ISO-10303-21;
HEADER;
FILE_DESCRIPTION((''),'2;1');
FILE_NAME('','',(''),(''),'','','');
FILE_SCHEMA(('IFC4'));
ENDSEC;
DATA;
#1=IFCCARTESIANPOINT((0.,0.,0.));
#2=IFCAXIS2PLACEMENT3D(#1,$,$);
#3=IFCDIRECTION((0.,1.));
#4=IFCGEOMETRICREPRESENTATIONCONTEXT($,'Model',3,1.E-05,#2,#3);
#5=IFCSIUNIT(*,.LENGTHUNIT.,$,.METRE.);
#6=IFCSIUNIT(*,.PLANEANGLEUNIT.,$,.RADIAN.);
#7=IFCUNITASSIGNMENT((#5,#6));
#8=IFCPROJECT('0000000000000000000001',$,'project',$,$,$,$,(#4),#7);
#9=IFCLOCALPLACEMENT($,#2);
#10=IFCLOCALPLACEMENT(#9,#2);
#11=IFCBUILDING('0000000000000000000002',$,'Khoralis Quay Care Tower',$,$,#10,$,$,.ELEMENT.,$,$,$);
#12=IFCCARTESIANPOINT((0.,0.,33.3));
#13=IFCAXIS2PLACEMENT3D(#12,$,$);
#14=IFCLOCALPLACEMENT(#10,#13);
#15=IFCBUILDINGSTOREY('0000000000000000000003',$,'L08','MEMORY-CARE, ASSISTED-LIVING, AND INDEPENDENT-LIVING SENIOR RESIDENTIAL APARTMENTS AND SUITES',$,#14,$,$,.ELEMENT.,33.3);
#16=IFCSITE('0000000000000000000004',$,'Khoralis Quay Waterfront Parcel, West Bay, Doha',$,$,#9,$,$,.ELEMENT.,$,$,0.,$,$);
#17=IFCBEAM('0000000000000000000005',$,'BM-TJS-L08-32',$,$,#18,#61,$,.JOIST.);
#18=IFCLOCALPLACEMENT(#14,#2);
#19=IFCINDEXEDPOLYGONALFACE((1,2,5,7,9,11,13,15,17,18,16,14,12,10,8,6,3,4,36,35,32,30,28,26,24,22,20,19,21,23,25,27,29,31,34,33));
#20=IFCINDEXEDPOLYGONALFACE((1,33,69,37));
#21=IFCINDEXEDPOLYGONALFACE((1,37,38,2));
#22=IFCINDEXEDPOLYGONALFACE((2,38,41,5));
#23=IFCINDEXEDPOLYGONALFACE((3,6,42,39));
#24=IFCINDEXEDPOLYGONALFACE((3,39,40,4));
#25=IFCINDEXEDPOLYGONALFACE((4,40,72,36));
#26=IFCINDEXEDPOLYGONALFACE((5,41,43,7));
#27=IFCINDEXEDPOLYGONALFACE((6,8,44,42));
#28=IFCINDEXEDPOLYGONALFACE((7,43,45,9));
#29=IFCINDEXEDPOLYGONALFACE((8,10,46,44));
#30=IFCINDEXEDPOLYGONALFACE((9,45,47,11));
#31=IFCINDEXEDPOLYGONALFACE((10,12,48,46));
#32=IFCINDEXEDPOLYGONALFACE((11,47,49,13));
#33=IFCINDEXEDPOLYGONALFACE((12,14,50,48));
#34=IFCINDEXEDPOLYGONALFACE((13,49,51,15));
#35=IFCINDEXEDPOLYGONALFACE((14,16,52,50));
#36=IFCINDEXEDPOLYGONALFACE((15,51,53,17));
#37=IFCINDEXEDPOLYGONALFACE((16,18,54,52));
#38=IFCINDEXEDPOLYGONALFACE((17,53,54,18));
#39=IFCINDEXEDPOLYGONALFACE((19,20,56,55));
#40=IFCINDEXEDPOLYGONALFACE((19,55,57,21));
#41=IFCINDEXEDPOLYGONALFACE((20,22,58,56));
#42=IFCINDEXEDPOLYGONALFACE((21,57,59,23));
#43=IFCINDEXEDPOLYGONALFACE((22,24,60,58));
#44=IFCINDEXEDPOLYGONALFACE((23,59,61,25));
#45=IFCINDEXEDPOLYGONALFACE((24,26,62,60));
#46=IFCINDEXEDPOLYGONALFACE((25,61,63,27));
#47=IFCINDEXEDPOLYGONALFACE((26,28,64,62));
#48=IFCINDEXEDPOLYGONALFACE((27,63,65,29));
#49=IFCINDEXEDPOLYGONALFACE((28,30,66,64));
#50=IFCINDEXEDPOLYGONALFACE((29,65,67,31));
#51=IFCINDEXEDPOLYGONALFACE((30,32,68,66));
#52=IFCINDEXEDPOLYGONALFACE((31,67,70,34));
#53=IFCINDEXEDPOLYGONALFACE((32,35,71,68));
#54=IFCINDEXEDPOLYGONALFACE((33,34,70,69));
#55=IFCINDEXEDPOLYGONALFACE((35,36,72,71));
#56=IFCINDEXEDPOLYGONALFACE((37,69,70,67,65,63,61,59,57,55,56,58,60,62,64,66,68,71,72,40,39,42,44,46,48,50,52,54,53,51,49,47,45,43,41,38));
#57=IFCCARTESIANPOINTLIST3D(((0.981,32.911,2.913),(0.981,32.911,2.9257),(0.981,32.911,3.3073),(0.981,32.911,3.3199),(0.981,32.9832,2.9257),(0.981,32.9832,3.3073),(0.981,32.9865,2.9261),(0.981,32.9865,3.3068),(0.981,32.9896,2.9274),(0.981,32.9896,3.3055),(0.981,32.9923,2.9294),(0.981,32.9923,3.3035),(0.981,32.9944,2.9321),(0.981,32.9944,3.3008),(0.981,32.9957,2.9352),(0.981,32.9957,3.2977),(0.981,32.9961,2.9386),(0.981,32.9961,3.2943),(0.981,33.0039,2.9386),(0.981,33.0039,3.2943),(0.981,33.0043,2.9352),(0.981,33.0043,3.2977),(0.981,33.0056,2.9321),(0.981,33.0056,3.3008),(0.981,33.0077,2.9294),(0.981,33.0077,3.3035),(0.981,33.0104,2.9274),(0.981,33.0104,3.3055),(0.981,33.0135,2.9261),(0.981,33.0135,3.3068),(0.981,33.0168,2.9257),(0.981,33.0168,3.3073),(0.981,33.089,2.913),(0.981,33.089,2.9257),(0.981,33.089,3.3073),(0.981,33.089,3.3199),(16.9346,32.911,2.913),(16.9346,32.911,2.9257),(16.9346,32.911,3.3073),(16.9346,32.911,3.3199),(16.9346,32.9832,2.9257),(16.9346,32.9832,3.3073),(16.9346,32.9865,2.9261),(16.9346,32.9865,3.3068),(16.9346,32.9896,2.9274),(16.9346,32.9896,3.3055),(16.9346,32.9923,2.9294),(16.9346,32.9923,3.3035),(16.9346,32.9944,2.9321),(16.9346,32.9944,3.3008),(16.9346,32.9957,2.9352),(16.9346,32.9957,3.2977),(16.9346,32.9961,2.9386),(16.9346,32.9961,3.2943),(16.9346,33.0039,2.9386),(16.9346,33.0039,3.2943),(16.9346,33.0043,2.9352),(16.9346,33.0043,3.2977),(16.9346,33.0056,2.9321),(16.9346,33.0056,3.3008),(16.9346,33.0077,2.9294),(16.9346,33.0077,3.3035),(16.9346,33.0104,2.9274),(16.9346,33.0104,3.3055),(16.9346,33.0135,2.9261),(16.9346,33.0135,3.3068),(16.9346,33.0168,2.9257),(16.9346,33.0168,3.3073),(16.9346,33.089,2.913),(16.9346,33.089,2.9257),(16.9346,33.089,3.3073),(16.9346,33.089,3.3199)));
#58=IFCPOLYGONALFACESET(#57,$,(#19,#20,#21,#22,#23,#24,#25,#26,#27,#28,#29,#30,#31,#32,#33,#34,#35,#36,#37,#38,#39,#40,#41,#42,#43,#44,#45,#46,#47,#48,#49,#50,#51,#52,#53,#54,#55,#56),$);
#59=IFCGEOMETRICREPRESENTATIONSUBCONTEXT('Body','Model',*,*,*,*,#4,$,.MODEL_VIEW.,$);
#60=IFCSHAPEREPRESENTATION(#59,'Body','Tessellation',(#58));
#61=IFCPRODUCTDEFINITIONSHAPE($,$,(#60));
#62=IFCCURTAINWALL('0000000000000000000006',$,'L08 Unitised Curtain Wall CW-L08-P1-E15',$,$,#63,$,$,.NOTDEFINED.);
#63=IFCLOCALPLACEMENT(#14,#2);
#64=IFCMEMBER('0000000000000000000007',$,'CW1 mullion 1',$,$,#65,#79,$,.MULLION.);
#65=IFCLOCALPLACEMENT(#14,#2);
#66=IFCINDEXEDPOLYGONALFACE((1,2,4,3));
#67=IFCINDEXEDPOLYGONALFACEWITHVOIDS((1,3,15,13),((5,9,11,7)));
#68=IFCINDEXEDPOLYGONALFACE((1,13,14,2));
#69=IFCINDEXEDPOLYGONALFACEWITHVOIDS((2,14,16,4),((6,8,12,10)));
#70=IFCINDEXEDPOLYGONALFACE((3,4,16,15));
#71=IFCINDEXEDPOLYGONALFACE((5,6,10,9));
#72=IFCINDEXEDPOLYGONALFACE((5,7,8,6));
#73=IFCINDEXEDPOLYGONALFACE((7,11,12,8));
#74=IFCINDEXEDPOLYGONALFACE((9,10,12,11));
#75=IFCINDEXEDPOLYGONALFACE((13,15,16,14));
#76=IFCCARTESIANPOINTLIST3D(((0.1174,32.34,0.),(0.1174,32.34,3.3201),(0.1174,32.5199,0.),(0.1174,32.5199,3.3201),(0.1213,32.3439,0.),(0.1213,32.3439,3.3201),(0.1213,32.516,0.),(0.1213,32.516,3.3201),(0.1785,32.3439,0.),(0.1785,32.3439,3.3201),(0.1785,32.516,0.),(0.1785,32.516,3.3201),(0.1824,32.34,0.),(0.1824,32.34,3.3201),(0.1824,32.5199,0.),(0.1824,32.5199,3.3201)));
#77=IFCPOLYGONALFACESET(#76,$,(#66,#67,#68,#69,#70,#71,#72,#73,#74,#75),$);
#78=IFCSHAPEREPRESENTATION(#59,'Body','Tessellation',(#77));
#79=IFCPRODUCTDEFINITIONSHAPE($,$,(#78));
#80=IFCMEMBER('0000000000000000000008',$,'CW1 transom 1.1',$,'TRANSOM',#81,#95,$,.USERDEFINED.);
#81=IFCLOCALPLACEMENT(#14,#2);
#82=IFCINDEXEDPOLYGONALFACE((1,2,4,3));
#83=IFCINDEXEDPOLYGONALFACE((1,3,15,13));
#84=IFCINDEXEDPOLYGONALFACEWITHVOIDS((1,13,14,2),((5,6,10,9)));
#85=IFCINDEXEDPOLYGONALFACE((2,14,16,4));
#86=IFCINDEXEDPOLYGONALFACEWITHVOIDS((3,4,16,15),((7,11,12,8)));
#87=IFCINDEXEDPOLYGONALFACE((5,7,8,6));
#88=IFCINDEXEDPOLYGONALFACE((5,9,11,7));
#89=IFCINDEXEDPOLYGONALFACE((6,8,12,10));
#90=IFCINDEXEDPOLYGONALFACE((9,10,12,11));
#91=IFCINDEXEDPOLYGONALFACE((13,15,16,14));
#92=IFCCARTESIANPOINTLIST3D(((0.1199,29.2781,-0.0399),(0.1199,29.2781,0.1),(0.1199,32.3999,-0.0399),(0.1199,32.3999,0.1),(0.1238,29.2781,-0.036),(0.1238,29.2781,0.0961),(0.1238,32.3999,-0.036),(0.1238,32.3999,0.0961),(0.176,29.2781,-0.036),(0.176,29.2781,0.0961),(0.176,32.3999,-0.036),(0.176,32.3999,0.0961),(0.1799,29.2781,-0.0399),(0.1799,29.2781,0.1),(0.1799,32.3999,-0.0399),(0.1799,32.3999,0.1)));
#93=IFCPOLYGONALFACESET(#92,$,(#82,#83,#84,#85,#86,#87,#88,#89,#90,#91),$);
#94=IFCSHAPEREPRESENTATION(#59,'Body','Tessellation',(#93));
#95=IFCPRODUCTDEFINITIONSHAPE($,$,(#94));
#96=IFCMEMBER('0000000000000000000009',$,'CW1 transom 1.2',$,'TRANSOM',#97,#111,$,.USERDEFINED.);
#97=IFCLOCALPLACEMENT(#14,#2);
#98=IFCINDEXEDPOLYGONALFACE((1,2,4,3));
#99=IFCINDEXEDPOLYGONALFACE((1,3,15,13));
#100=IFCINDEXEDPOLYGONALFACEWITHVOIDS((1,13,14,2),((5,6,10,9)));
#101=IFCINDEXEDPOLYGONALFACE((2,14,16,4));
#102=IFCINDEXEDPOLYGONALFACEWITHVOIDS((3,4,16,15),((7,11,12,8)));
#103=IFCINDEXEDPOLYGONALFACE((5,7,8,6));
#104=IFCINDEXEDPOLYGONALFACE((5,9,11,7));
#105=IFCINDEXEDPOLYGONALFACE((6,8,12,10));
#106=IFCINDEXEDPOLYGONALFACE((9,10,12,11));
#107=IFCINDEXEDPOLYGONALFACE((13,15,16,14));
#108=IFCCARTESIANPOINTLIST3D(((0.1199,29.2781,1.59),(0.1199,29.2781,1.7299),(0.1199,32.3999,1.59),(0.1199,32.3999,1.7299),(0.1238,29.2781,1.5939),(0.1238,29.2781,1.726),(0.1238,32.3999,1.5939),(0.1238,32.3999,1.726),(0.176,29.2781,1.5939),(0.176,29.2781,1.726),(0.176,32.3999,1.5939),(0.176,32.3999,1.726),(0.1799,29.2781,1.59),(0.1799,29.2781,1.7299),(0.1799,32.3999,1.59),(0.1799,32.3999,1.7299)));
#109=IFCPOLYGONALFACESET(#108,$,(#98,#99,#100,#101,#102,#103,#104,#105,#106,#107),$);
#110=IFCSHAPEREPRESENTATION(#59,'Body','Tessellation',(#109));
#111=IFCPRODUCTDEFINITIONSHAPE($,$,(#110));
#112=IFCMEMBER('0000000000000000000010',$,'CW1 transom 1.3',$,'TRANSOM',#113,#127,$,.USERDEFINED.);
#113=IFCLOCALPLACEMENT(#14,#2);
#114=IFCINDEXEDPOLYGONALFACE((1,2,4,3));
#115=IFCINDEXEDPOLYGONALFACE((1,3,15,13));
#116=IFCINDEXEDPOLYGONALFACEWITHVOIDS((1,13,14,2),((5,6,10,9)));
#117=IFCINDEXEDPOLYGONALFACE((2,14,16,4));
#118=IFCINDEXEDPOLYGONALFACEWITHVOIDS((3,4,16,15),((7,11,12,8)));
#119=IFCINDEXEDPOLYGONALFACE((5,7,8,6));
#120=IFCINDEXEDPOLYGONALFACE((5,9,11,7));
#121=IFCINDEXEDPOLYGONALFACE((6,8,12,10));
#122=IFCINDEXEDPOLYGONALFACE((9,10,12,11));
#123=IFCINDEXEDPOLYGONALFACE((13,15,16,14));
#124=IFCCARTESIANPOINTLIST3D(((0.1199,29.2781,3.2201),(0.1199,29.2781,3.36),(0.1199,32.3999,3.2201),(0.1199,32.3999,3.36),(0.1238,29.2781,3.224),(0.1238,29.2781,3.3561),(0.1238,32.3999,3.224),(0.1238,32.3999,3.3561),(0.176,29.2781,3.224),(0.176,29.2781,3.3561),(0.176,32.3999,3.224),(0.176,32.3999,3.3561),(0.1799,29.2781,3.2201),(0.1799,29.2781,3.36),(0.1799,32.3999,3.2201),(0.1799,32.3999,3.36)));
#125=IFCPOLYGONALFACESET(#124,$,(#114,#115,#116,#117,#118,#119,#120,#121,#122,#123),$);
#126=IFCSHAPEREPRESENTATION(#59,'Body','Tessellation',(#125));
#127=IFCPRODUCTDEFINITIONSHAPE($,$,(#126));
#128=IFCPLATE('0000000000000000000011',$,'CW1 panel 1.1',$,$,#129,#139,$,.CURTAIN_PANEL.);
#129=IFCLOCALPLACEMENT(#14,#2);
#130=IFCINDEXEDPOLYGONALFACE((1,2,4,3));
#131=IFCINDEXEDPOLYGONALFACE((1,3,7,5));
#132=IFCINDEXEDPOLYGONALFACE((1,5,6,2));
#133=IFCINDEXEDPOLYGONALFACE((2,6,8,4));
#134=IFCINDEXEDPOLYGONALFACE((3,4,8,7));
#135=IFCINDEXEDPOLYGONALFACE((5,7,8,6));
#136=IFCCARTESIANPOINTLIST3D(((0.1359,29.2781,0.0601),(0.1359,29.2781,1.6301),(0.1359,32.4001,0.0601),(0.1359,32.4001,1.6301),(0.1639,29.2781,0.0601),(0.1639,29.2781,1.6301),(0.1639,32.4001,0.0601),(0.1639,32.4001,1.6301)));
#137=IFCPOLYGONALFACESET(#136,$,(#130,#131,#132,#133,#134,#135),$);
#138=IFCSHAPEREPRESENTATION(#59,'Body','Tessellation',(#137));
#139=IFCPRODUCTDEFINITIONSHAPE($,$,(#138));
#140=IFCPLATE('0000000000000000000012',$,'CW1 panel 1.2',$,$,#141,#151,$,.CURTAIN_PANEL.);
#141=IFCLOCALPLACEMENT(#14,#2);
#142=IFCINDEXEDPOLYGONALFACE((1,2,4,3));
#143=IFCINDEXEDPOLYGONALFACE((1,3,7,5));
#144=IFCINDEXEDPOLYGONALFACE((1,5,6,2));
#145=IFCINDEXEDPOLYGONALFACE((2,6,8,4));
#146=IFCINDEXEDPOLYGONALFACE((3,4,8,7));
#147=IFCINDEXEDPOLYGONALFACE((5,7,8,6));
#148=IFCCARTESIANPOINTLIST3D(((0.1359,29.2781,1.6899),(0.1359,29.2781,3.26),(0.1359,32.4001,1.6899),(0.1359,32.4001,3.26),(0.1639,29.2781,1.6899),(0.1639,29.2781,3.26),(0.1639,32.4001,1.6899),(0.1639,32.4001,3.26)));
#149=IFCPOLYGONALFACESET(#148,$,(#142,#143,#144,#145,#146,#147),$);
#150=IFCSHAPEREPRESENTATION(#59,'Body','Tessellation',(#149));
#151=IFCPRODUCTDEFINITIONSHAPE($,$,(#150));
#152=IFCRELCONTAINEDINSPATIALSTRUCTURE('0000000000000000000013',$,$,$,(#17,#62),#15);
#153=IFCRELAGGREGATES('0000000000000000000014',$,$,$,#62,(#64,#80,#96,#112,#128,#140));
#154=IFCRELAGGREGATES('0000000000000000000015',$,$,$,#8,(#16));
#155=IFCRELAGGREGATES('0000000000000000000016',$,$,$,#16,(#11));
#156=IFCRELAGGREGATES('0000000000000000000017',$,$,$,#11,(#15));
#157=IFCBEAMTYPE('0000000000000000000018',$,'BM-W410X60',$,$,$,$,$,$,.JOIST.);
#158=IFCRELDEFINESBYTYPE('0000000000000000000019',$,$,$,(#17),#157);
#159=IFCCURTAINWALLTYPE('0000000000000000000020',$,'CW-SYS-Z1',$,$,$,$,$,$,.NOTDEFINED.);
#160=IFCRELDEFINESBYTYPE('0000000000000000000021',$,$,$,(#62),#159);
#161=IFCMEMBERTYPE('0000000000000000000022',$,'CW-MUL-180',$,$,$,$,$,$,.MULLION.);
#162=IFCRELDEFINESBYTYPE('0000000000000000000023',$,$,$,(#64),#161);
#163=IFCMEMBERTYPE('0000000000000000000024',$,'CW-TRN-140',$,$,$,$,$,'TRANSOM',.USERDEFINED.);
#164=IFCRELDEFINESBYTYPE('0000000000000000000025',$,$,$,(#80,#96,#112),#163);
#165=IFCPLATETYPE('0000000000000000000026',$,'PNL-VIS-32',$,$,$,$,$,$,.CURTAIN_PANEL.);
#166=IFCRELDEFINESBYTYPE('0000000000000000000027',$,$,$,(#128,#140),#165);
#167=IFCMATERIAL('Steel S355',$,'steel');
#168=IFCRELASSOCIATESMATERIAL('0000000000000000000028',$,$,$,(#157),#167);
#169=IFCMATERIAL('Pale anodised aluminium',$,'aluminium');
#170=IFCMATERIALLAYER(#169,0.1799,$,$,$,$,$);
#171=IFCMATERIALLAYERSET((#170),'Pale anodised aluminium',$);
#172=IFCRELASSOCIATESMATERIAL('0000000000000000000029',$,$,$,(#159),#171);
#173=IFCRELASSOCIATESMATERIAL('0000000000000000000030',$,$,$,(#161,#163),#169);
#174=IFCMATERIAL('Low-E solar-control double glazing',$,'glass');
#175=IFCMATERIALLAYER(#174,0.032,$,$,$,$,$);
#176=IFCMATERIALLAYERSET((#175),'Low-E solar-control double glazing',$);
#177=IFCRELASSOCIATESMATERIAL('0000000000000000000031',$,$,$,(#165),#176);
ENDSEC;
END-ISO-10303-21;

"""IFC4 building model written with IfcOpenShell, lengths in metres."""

from ifc_helpers import new_model, si_unit, direction, frame, origin, origin_2d, place, context, subcontext, project, spatial, rectangle, hollow_rectangle, i_section, extrude, source, transform, mapped, material, layer, layer_set, material_profile, profile_set, type_object, element, aggregate, save


model = new_model("IFC4")

# Units and contexts
model_context = context("Model", 3, precision=1e-05, world=origin(), true_north=direction((0.0, 1.0)))
body_context = subcontext(model_context, "Body", "Model", "MODEL_VIEW")
ifc_project = project(units=[si_unit("LENGTHUNIT", "METRE"), si_unit("PLANEANGLEUNIT", "RADIAN")], contexts=[model_context])

# Site, building, storey
site_placement = place(None, origin())
site = spatial("IfcSite", under=ifc_project, at=site_placement, Name="Khoralis Quay Waterfront Parcel, West Bay, Doha", CompositionType="ELEMENT", RefElevation=0.0)
building_placement = place(site_placement, origin())
building = spatial("IfcBuilding", under=site, at=building_placement, Name="Khoralis Quay Care Tower", CompositionType="ELEMENT")
storey_placement = place(building_placement, frame((0.0, 0.0, 33.3)))
storey = spatial("IfcBuildingStorey", under=building, at=storey_placement, Name="L08", Description="MEMORY-CARE, ASSISTED-LIVING, AND INDEPENDENT-LIVING SENIOR RESIDENTIAL APARTMENTS AND SUITES", CompositionType="ELEMENT", Elevation=33.3)

# Beam
ifc_material_1 = material(Name="Steel S355", Category="steel")
ifc_material_profile_1 = material_profile(ifc_material_1, i_section(OverallWidth=0.178, OverallDepth=0.407, WebThickness=0.0078, FlangeThickness=0.0127, FilletRadius=0.0129, at=origin_2d()), Name="Steel S355")
ifc_profile_set_1 = profile_set([ifc_material_profile_1], Name="Steel S355")
beam_type_1 = type_object("IfcBeamType", Name="BM-W410X60", PredefinedType="JOIST", material=ifc_profile_set_1)
shared_shape_1 = source(origin(), body_context, "Body", "SweptSolid", [
    extrude(i_section(OverallWidth=0.178, OverallDepth=0.407, WebThickness=0.0078, FlangeThickness=0.0127, FilletRadius=0.0129, at=origin_2d()), origin(), (0.0, 0.0, 1.0), 15.9536),
])
beam_1_placement = place(storey_placement, frame((0.981, 33.0, 3.1165), z_axis=(1.0, 0.0, 0.0), x_axis=(0.0, 1.0, 0.0)))
element("IfcBeam", 1, at=beam_1_placement, inside=storey, type_object=beam_type_1, Name="BM-TJS-L08-32", PredefinedType="JOIST", context=body_context, shape_type="MappedRepresentation", body=[
    mapped(shared_shape_1, transform((0.0, 0.0, 0.0), scale=1.0)),
])

# Curtain wall, members, plates
ifc_material_2 = material(Name="Pale anodised aluminium", Category="aluminium")
ifc_layer_1 = layer(ifc_material_2, 0.1799)
ifc_layer_set_1 = layer_set([ifc_layer_1], Name="Pale anodised aluminium")
curtain_wall_type = type_object("IfcCurtainWallType", Name="CW-SYS-Z1", PredefinedType="NOTDEFINED", material=ifc_layer_set_1)
curtain_wall_placement = place(storey_placement, origin())
curtain_wall = element("IfcCurtainWall", 2, at=curtain_wall_placement, inside=storey, type_object=curtain_wall_type, Name="L08 Unitised Curtain Wall CW-L08-P1-E15", PredefinedType="NOTDEFINED")
ifc_material_profile_2 = material_profile(ifc_material_2, hollow_rectangle(XDim=0.0649, YDim=0.1799, WallThickness=0.0039, at=origin_2d()), Name="Pale anodised aluminium")
ifc_profile_set_2 = profile_set([ifc_material_profile_2], Name="Pale anodised aluminium")
member_type_1 = type_object("IfcMemberType", Name="CW-MUL-180", PredefinedType="MULLION", material=ifc_profile_set_2)
shared_shape_2 = source(origin(), body_context, "Body", "SweptSolid", [
    extrude(hollow_rectangle(XDim=0.0649, YDim=0.1799, WallThickness=0.0039, at=origin_2d()), origin(), (0.0, 0.0, 1.0), 3.3201),
])
member_1_placement = place(storey_placement, frame((0.1499, 32.4299, 0.0), z_axis=(0.0, 0.0, 1.0), x_axis=(1.0, 0.0, 0.0)))
member_1 = element("IfcMember", 3, at=member_1_placement, type_object=member_type_1, Name="CW1 mullion 1", PredefinedType="MULLION", context=body_context, shape_type="MappedRepresentation", body=[
    mapped(shared_shape_2, transform((0.0, 0.0, 0.0), scale=1.0)),
])
ifc_material_profile_3 = material_profile(ifc_material_2, hollow_rectangle(XDim=0.0601, YDim=0.1399, WallThickness=0.0039, at=origin_2d()), Name="Pale anodised aluminium")
ifc_profile_set_3 = profile_set([ifc_material_profile_3], Name="Pale anodised aluminium")
member_type_2 = type_object("IfcMemberType", Name="CW-TRN-140", ElementType="TRANSOM", PredefinedType="USERDEFINED", material=ifc_profile_set_3)
shared_shape_3 = source(origin(), body_context, "Body", "SweptSolid", [
    extrude(hollow_rectangle(XDim=0.0601, YDim=0.1399, WallThickness=0.0039, at=origin_2d()), origin(), (0.0, 0.0, 1.0), 3.1218),
])
member_2_placement = place(storey_placement, frame((0.1499, 32.3999, 0.03), z_axis=(0.0, -1.0, 0.0), x_axis=(1.0, 0.0, 0.0)))
member_2 = element("IfcMember", 4, at=member_2_placement, type_object=member_type_2, Name="CW1 transom 1.1", ObjectType="TRANSOM", PredefinedType="USERDEFINED", context=body_context, shape_type="MappedRepresentation", body=[
    mapped(shared_shape_3, transform((0.0, 0.0, 0.0), scale=1.0)),
])
member_3_placement = place(storey_placement, frame((0.1499, 32.3999, 1.6599), z_axis=(0.0, -1.0, 0.0), x_axis=(1.0, 0.0, 0.0)))
member_3 = element("IfcMember", 5, at=member_3_placement, type_object=member_type_2, Name="CW1 transom 1.2", ObjectType="TRANSOM", PredefinedType="USERDEFINED", context=body_context, shape_type="MappedRepresentation", body=[
    mapped(shared_shape_3, transform((0.0, 0.0, 0.0), scale=1.0)),
])
member_4_placement = place(storey_placement, frame((0.1499, 32.3999, 3.29), z_axis=(0.0, -1.0, 0.0), x_axis=(1.0, 0.0, 0.0)))
member_4 = element("IfcMember", 6, at=member_4_placement, type_object=member_type_2, Name="CW1 transom 1.3", ObjectType="TRANSOM", PredefinedType="USERDEFINED", context=body_context, shape_type="MappedRepresentation", body=[
    mapped(shared_shape_3, transform((0.0, 0.0, 0.0), scale=1.0)),
])
ifc_material_3 = material(Name="Low-E solar-control double glazing", Category="glass")
ifc_layer_2 = layer(ifc_material_3, 0.032)
ifc_layer_set_2 = layer_set([ifc_layer_2], Name="Low-E solar-control double glazing")
plate_type = type_object("IfcPlateType", Name="PNL-VIS-32", PredefinedType="CURTAIN_PANEL", material=ifc_layer_set_2)
shared_shape_4 = source(origin(), body_context, "Body", "SweptSolid", [
    extrude(rectangle(XDim=3.1221, YDim=0.0281, at=origin_2d()), origin(), (0.0, 0.0, 1.0), 1.5701),
])
plate_1_placement = place(storey_placement, frame((0.1499, 30.8391, 0.0601), z_axis=(0.0, 0.0, 1.0), x_axis=(0.0, -1.0, 0.0)))
plate_1 = element("IfcPlate", 7, at=plate_1_placement, type_object=plate_type, Name="CW1 panel 1.1", PredefinedType="CURTAIN_PANEL", context=body_context, shape_type="MappedRepresentation", body=[
    mapped(shared_shape_4, transform((0.0, 0.0, 0.0), scale=1.0)),
])
plate_2_placement = place(storey_placement, frame((0.1499, 30.8391, 1.6899), z_axis=(0.0, 0.0, 1.0), x_axis=(0.0, -1.0, 0.0)))
plate_2 = element("IfcPlate", 8, at=plate_2_placement, type_object=plate_type, Name="CW1 panel 1.2", PredefinedType="CURTAIN_PANEL", context=body_context, shape_type="MappedRepresentation", body=[
    mapped(shared_shape_4, transform((0.0, 0.0, 0.0), scale=1.0)),
])
aggregate(curtain_wall, [member_1, member_2, member_3, member_4, plate_1, plate_2])

save(model, "model.ifc")
